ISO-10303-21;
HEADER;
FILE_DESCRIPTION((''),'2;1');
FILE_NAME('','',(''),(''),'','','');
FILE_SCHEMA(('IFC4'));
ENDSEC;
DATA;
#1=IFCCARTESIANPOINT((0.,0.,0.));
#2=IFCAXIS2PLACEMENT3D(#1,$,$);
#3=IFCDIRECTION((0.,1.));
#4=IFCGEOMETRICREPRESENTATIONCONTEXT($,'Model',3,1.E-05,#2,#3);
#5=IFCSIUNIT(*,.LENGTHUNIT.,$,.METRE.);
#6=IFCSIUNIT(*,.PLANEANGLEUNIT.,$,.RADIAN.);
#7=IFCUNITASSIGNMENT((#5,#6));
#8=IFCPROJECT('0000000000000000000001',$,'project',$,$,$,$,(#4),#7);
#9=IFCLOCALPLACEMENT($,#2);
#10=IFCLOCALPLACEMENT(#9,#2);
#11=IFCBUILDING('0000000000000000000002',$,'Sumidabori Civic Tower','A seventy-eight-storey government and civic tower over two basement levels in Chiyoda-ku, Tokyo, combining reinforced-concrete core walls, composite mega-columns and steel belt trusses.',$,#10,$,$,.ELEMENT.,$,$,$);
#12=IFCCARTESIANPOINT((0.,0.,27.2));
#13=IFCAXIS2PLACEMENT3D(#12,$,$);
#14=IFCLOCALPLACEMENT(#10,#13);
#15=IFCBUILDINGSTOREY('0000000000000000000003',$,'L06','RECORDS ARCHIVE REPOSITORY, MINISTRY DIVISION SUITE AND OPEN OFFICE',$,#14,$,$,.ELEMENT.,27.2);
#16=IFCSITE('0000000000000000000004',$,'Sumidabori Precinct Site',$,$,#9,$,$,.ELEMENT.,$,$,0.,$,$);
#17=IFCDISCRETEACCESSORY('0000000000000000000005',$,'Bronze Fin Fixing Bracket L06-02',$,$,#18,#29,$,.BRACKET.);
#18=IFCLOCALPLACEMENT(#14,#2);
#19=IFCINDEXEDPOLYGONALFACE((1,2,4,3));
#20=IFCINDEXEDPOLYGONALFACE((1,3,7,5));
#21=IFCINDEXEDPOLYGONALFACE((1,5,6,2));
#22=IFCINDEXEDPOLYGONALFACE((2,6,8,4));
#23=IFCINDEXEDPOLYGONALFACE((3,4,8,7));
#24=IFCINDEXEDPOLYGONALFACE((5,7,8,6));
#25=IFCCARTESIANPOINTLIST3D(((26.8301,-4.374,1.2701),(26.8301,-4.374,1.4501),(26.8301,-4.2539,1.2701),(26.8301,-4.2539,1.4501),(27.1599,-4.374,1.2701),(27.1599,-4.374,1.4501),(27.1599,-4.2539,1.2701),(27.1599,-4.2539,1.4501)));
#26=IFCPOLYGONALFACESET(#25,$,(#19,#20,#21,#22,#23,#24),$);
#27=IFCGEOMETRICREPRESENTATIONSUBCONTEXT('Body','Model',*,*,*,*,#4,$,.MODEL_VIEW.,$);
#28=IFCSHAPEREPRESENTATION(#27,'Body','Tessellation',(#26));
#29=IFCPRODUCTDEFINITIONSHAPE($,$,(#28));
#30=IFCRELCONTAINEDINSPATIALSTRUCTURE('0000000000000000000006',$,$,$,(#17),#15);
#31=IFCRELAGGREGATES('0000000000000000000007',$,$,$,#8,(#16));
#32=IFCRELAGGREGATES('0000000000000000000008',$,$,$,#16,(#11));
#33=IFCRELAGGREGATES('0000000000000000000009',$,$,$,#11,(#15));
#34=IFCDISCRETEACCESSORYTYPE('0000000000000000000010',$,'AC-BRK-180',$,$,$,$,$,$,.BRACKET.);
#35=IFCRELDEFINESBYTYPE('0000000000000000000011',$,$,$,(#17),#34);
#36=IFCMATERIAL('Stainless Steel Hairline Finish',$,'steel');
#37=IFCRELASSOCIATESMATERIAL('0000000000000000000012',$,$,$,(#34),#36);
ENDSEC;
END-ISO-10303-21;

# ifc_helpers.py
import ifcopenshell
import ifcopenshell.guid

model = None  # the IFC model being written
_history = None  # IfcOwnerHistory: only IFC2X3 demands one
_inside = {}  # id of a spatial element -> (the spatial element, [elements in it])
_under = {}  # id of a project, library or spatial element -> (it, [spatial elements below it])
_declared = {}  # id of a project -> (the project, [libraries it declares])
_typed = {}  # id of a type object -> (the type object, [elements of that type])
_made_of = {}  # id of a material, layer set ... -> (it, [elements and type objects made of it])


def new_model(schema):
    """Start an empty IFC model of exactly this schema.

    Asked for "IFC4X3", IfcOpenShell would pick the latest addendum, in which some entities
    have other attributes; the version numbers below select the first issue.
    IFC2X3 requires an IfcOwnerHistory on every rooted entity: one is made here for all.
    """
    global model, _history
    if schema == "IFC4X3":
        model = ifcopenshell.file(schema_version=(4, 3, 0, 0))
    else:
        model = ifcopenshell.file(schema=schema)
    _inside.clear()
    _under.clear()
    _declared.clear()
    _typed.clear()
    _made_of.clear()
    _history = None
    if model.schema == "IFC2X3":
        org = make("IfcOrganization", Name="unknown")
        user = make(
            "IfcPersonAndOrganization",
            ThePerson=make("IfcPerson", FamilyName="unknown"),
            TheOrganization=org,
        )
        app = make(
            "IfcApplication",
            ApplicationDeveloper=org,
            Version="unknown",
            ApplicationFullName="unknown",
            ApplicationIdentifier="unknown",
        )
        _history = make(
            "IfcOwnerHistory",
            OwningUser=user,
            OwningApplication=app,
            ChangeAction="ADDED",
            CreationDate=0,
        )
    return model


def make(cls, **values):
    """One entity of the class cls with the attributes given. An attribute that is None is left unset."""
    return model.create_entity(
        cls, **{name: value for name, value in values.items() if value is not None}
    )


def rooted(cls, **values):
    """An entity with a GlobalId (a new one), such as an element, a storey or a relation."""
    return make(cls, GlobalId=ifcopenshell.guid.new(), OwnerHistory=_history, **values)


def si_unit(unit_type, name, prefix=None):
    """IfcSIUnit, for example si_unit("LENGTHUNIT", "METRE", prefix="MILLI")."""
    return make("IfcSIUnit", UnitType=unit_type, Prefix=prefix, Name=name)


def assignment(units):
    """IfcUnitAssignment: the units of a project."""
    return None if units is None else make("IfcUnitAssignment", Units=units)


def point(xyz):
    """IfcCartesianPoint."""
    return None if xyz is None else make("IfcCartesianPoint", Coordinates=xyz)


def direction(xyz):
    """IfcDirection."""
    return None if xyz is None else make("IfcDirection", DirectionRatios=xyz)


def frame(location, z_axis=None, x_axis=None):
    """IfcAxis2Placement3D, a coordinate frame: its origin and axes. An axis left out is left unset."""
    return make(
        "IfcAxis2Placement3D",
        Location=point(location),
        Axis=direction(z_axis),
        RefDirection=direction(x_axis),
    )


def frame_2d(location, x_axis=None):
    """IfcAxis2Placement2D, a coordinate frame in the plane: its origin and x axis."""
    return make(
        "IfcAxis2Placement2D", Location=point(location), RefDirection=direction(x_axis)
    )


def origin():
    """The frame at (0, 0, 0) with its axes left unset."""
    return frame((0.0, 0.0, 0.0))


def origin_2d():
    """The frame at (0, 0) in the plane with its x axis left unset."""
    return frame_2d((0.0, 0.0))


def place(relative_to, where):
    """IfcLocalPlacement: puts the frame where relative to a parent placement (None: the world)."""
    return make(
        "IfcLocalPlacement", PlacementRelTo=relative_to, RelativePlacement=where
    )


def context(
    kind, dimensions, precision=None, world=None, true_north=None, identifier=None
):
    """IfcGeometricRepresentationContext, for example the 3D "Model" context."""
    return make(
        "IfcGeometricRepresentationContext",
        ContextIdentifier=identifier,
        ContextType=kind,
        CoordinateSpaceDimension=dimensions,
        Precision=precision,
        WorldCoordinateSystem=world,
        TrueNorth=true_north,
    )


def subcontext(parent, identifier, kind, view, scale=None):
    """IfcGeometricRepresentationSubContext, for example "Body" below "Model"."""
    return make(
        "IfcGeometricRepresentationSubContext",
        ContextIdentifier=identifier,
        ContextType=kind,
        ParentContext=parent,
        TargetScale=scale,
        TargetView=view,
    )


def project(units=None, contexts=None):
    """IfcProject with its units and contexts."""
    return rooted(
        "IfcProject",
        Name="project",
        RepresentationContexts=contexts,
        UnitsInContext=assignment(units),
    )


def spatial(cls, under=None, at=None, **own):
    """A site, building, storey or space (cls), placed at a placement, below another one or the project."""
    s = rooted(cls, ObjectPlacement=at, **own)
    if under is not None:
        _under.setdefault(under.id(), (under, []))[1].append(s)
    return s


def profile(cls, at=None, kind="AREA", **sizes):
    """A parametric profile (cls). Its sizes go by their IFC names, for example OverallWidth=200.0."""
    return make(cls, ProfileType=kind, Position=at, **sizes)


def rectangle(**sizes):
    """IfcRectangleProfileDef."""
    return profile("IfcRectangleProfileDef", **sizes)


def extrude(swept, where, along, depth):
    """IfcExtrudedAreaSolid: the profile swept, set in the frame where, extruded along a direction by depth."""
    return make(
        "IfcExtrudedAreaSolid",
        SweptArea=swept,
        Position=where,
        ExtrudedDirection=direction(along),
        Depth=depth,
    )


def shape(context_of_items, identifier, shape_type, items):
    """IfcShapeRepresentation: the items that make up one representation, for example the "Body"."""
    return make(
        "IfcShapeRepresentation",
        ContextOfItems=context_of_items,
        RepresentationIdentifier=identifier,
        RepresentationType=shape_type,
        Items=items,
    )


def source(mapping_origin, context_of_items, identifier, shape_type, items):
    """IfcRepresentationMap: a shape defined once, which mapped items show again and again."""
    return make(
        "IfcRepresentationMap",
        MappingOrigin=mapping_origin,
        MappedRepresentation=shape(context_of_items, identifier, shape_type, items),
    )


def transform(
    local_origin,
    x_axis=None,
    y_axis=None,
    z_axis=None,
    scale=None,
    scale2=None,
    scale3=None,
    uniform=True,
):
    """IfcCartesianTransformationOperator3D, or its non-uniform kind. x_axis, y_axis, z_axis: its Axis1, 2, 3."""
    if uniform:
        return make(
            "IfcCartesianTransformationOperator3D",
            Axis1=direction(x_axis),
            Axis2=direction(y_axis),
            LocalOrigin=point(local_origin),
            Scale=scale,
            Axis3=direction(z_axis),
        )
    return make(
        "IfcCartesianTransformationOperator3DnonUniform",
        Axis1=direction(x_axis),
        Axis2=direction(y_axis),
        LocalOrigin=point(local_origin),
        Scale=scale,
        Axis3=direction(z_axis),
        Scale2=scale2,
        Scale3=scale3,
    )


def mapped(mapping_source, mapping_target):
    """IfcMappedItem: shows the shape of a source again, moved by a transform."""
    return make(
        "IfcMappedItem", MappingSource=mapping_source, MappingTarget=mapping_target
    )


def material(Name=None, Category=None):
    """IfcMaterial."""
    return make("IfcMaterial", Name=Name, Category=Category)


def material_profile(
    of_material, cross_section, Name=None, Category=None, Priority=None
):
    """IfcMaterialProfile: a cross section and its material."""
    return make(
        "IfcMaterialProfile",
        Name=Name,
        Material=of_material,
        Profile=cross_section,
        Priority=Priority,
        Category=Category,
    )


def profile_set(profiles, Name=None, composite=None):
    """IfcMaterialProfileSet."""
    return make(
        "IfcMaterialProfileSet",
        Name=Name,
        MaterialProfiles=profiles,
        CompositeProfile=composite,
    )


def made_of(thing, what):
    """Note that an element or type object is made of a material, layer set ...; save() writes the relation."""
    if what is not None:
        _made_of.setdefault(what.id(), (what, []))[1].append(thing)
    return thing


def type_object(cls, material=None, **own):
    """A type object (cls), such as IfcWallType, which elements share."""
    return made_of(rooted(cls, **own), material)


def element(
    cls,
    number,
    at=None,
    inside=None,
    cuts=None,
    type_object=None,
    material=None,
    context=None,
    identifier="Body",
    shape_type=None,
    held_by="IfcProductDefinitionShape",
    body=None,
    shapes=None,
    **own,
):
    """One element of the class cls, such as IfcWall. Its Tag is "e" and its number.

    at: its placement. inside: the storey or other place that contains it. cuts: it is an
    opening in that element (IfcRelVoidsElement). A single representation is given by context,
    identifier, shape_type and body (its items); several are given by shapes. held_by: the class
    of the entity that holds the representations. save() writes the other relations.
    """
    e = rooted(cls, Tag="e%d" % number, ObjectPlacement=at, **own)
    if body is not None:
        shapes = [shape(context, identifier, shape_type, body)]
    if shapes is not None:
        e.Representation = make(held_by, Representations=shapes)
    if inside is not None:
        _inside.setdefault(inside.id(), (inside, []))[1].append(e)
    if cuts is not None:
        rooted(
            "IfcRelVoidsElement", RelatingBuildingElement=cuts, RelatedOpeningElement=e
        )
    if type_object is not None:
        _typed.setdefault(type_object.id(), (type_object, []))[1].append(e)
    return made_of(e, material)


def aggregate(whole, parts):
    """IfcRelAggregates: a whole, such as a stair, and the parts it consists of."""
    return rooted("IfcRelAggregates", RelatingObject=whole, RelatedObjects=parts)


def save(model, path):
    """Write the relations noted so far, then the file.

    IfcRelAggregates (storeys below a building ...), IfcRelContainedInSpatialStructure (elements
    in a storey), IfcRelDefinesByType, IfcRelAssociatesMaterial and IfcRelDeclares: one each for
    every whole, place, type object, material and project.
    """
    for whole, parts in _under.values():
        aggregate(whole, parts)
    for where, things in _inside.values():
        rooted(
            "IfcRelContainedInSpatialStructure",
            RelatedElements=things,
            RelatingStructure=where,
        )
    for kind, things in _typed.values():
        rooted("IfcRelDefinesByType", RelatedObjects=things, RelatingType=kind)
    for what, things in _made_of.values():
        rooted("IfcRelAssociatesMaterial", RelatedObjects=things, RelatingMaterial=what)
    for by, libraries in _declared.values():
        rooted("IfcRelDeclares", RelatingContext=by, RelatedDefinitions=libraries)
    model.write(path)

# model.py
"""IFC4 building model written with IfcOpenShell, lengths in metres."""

from ifc_helpers import new_model, si_unit, direction, frame, origin, origin_2d, place, context, subcontext, project, spatial, rectangle, extrude, source, transform, mapped, material, material_profile, profile_set, type_object, element, save


model = new_model("IFC4")

# Units and contexts
model_context = context("Model", 3, precision=1e-05, world=origin(), true_north=direction((0.0, 1.0)))
body_context = subcontext(model_context, "Body", "Model", "MODEL_VIEW")
ifc_project = project(units=[si_unit("LENGTHUNIT", "METRE"), si_unit("PLANEANGLEUNIT", "RADIAN")], contexts=[model_context])

# Site, building, storey
site_placement = place(None, origin())
site = spatial("IfcSite", under=ifc_project, at=site_placement, Name="Sumidabori Precinct Site", CompositionType="ELEMENT", RefElevation=0.0)
building_placement = place(site_placement, origin())
building = spatial("IfcBuilding", under=site, at=building_placement, Name="Sumidabori Civic Tower", Description="A seventy-eight-storey government and civic tower over two basement levels in Chiyoda-ku, Tokyo, combining reinforced-concrete core walls, composite mega-columns and steel belt trusses.", CompositionType="ELEMENT")
storey_placement = place(building_placement, frame((0.0, 0.0, 27.2)))
storey = spatial("IfcBuildingStorey", under=building, at=storey_placement, Name="L06", Description="RECORDS ARCHIVE REPOSITORY, MINISTRY DIVISION SUITE AND OPEN OFFICE", CompositionType="ELEMENT", Elevation=27.2)

# Discrete accessory
ifc_material_1 = material(Name="Stainless Steel Hairline Finish", Category="steel")
ifc_material_profile_1 = material_profile(ifc_material_1, rectangle(XDim=0.1201, YDim=0.1799, at=origin_2d()), Name="STEEL BRACKET 180x120")
ifc_profile_set_1 = profile_set([ifc_material_profile_1], Name="Stainless Steel Hairline Finish")
discrete_accessory_type = type_object("IfcDiscreteAccessoryType", Name="AC-BRK-180", PredefinedType="BRACKET", material=ifc_profile_set_1)
shared_shape_1 = source(origin(), body_context, "Body", "SweptSolid", [
    extrude(rectangle(XDim=0.1201, YDim=0.1799, at=origin_2d()), origin(), (0.0, 0.0, 1.0), 0.3298),
])
discrete_accessory_placement = place(storey_placement, frame((26.8301, -4.314, 1.3601), z_axis=(1.0, 0.0, 0.0), x_axis=(0.0, 1.0, 0.0)))
element("IfcDiscreteAccessory", 1, at=discrete_accessory_placement, inside=storey, type_object=discrete_accessory_type, Name="Bronze Fin Fixing Bracket L06-02", PredefinedType="BRACKET", context=body_context, shape_type="MappedRepresentation", body=[
    mapped(shared_shape_1, transform((0.0, 0.0, 0.0), x_axis=(1.0, 0.0, 0.0), y_axis=(0.0, 1.0, 0.0), z_axis=(0.0, 0.0, 1.0), scale=1.0)),
])

save(model, "model.ifc")
